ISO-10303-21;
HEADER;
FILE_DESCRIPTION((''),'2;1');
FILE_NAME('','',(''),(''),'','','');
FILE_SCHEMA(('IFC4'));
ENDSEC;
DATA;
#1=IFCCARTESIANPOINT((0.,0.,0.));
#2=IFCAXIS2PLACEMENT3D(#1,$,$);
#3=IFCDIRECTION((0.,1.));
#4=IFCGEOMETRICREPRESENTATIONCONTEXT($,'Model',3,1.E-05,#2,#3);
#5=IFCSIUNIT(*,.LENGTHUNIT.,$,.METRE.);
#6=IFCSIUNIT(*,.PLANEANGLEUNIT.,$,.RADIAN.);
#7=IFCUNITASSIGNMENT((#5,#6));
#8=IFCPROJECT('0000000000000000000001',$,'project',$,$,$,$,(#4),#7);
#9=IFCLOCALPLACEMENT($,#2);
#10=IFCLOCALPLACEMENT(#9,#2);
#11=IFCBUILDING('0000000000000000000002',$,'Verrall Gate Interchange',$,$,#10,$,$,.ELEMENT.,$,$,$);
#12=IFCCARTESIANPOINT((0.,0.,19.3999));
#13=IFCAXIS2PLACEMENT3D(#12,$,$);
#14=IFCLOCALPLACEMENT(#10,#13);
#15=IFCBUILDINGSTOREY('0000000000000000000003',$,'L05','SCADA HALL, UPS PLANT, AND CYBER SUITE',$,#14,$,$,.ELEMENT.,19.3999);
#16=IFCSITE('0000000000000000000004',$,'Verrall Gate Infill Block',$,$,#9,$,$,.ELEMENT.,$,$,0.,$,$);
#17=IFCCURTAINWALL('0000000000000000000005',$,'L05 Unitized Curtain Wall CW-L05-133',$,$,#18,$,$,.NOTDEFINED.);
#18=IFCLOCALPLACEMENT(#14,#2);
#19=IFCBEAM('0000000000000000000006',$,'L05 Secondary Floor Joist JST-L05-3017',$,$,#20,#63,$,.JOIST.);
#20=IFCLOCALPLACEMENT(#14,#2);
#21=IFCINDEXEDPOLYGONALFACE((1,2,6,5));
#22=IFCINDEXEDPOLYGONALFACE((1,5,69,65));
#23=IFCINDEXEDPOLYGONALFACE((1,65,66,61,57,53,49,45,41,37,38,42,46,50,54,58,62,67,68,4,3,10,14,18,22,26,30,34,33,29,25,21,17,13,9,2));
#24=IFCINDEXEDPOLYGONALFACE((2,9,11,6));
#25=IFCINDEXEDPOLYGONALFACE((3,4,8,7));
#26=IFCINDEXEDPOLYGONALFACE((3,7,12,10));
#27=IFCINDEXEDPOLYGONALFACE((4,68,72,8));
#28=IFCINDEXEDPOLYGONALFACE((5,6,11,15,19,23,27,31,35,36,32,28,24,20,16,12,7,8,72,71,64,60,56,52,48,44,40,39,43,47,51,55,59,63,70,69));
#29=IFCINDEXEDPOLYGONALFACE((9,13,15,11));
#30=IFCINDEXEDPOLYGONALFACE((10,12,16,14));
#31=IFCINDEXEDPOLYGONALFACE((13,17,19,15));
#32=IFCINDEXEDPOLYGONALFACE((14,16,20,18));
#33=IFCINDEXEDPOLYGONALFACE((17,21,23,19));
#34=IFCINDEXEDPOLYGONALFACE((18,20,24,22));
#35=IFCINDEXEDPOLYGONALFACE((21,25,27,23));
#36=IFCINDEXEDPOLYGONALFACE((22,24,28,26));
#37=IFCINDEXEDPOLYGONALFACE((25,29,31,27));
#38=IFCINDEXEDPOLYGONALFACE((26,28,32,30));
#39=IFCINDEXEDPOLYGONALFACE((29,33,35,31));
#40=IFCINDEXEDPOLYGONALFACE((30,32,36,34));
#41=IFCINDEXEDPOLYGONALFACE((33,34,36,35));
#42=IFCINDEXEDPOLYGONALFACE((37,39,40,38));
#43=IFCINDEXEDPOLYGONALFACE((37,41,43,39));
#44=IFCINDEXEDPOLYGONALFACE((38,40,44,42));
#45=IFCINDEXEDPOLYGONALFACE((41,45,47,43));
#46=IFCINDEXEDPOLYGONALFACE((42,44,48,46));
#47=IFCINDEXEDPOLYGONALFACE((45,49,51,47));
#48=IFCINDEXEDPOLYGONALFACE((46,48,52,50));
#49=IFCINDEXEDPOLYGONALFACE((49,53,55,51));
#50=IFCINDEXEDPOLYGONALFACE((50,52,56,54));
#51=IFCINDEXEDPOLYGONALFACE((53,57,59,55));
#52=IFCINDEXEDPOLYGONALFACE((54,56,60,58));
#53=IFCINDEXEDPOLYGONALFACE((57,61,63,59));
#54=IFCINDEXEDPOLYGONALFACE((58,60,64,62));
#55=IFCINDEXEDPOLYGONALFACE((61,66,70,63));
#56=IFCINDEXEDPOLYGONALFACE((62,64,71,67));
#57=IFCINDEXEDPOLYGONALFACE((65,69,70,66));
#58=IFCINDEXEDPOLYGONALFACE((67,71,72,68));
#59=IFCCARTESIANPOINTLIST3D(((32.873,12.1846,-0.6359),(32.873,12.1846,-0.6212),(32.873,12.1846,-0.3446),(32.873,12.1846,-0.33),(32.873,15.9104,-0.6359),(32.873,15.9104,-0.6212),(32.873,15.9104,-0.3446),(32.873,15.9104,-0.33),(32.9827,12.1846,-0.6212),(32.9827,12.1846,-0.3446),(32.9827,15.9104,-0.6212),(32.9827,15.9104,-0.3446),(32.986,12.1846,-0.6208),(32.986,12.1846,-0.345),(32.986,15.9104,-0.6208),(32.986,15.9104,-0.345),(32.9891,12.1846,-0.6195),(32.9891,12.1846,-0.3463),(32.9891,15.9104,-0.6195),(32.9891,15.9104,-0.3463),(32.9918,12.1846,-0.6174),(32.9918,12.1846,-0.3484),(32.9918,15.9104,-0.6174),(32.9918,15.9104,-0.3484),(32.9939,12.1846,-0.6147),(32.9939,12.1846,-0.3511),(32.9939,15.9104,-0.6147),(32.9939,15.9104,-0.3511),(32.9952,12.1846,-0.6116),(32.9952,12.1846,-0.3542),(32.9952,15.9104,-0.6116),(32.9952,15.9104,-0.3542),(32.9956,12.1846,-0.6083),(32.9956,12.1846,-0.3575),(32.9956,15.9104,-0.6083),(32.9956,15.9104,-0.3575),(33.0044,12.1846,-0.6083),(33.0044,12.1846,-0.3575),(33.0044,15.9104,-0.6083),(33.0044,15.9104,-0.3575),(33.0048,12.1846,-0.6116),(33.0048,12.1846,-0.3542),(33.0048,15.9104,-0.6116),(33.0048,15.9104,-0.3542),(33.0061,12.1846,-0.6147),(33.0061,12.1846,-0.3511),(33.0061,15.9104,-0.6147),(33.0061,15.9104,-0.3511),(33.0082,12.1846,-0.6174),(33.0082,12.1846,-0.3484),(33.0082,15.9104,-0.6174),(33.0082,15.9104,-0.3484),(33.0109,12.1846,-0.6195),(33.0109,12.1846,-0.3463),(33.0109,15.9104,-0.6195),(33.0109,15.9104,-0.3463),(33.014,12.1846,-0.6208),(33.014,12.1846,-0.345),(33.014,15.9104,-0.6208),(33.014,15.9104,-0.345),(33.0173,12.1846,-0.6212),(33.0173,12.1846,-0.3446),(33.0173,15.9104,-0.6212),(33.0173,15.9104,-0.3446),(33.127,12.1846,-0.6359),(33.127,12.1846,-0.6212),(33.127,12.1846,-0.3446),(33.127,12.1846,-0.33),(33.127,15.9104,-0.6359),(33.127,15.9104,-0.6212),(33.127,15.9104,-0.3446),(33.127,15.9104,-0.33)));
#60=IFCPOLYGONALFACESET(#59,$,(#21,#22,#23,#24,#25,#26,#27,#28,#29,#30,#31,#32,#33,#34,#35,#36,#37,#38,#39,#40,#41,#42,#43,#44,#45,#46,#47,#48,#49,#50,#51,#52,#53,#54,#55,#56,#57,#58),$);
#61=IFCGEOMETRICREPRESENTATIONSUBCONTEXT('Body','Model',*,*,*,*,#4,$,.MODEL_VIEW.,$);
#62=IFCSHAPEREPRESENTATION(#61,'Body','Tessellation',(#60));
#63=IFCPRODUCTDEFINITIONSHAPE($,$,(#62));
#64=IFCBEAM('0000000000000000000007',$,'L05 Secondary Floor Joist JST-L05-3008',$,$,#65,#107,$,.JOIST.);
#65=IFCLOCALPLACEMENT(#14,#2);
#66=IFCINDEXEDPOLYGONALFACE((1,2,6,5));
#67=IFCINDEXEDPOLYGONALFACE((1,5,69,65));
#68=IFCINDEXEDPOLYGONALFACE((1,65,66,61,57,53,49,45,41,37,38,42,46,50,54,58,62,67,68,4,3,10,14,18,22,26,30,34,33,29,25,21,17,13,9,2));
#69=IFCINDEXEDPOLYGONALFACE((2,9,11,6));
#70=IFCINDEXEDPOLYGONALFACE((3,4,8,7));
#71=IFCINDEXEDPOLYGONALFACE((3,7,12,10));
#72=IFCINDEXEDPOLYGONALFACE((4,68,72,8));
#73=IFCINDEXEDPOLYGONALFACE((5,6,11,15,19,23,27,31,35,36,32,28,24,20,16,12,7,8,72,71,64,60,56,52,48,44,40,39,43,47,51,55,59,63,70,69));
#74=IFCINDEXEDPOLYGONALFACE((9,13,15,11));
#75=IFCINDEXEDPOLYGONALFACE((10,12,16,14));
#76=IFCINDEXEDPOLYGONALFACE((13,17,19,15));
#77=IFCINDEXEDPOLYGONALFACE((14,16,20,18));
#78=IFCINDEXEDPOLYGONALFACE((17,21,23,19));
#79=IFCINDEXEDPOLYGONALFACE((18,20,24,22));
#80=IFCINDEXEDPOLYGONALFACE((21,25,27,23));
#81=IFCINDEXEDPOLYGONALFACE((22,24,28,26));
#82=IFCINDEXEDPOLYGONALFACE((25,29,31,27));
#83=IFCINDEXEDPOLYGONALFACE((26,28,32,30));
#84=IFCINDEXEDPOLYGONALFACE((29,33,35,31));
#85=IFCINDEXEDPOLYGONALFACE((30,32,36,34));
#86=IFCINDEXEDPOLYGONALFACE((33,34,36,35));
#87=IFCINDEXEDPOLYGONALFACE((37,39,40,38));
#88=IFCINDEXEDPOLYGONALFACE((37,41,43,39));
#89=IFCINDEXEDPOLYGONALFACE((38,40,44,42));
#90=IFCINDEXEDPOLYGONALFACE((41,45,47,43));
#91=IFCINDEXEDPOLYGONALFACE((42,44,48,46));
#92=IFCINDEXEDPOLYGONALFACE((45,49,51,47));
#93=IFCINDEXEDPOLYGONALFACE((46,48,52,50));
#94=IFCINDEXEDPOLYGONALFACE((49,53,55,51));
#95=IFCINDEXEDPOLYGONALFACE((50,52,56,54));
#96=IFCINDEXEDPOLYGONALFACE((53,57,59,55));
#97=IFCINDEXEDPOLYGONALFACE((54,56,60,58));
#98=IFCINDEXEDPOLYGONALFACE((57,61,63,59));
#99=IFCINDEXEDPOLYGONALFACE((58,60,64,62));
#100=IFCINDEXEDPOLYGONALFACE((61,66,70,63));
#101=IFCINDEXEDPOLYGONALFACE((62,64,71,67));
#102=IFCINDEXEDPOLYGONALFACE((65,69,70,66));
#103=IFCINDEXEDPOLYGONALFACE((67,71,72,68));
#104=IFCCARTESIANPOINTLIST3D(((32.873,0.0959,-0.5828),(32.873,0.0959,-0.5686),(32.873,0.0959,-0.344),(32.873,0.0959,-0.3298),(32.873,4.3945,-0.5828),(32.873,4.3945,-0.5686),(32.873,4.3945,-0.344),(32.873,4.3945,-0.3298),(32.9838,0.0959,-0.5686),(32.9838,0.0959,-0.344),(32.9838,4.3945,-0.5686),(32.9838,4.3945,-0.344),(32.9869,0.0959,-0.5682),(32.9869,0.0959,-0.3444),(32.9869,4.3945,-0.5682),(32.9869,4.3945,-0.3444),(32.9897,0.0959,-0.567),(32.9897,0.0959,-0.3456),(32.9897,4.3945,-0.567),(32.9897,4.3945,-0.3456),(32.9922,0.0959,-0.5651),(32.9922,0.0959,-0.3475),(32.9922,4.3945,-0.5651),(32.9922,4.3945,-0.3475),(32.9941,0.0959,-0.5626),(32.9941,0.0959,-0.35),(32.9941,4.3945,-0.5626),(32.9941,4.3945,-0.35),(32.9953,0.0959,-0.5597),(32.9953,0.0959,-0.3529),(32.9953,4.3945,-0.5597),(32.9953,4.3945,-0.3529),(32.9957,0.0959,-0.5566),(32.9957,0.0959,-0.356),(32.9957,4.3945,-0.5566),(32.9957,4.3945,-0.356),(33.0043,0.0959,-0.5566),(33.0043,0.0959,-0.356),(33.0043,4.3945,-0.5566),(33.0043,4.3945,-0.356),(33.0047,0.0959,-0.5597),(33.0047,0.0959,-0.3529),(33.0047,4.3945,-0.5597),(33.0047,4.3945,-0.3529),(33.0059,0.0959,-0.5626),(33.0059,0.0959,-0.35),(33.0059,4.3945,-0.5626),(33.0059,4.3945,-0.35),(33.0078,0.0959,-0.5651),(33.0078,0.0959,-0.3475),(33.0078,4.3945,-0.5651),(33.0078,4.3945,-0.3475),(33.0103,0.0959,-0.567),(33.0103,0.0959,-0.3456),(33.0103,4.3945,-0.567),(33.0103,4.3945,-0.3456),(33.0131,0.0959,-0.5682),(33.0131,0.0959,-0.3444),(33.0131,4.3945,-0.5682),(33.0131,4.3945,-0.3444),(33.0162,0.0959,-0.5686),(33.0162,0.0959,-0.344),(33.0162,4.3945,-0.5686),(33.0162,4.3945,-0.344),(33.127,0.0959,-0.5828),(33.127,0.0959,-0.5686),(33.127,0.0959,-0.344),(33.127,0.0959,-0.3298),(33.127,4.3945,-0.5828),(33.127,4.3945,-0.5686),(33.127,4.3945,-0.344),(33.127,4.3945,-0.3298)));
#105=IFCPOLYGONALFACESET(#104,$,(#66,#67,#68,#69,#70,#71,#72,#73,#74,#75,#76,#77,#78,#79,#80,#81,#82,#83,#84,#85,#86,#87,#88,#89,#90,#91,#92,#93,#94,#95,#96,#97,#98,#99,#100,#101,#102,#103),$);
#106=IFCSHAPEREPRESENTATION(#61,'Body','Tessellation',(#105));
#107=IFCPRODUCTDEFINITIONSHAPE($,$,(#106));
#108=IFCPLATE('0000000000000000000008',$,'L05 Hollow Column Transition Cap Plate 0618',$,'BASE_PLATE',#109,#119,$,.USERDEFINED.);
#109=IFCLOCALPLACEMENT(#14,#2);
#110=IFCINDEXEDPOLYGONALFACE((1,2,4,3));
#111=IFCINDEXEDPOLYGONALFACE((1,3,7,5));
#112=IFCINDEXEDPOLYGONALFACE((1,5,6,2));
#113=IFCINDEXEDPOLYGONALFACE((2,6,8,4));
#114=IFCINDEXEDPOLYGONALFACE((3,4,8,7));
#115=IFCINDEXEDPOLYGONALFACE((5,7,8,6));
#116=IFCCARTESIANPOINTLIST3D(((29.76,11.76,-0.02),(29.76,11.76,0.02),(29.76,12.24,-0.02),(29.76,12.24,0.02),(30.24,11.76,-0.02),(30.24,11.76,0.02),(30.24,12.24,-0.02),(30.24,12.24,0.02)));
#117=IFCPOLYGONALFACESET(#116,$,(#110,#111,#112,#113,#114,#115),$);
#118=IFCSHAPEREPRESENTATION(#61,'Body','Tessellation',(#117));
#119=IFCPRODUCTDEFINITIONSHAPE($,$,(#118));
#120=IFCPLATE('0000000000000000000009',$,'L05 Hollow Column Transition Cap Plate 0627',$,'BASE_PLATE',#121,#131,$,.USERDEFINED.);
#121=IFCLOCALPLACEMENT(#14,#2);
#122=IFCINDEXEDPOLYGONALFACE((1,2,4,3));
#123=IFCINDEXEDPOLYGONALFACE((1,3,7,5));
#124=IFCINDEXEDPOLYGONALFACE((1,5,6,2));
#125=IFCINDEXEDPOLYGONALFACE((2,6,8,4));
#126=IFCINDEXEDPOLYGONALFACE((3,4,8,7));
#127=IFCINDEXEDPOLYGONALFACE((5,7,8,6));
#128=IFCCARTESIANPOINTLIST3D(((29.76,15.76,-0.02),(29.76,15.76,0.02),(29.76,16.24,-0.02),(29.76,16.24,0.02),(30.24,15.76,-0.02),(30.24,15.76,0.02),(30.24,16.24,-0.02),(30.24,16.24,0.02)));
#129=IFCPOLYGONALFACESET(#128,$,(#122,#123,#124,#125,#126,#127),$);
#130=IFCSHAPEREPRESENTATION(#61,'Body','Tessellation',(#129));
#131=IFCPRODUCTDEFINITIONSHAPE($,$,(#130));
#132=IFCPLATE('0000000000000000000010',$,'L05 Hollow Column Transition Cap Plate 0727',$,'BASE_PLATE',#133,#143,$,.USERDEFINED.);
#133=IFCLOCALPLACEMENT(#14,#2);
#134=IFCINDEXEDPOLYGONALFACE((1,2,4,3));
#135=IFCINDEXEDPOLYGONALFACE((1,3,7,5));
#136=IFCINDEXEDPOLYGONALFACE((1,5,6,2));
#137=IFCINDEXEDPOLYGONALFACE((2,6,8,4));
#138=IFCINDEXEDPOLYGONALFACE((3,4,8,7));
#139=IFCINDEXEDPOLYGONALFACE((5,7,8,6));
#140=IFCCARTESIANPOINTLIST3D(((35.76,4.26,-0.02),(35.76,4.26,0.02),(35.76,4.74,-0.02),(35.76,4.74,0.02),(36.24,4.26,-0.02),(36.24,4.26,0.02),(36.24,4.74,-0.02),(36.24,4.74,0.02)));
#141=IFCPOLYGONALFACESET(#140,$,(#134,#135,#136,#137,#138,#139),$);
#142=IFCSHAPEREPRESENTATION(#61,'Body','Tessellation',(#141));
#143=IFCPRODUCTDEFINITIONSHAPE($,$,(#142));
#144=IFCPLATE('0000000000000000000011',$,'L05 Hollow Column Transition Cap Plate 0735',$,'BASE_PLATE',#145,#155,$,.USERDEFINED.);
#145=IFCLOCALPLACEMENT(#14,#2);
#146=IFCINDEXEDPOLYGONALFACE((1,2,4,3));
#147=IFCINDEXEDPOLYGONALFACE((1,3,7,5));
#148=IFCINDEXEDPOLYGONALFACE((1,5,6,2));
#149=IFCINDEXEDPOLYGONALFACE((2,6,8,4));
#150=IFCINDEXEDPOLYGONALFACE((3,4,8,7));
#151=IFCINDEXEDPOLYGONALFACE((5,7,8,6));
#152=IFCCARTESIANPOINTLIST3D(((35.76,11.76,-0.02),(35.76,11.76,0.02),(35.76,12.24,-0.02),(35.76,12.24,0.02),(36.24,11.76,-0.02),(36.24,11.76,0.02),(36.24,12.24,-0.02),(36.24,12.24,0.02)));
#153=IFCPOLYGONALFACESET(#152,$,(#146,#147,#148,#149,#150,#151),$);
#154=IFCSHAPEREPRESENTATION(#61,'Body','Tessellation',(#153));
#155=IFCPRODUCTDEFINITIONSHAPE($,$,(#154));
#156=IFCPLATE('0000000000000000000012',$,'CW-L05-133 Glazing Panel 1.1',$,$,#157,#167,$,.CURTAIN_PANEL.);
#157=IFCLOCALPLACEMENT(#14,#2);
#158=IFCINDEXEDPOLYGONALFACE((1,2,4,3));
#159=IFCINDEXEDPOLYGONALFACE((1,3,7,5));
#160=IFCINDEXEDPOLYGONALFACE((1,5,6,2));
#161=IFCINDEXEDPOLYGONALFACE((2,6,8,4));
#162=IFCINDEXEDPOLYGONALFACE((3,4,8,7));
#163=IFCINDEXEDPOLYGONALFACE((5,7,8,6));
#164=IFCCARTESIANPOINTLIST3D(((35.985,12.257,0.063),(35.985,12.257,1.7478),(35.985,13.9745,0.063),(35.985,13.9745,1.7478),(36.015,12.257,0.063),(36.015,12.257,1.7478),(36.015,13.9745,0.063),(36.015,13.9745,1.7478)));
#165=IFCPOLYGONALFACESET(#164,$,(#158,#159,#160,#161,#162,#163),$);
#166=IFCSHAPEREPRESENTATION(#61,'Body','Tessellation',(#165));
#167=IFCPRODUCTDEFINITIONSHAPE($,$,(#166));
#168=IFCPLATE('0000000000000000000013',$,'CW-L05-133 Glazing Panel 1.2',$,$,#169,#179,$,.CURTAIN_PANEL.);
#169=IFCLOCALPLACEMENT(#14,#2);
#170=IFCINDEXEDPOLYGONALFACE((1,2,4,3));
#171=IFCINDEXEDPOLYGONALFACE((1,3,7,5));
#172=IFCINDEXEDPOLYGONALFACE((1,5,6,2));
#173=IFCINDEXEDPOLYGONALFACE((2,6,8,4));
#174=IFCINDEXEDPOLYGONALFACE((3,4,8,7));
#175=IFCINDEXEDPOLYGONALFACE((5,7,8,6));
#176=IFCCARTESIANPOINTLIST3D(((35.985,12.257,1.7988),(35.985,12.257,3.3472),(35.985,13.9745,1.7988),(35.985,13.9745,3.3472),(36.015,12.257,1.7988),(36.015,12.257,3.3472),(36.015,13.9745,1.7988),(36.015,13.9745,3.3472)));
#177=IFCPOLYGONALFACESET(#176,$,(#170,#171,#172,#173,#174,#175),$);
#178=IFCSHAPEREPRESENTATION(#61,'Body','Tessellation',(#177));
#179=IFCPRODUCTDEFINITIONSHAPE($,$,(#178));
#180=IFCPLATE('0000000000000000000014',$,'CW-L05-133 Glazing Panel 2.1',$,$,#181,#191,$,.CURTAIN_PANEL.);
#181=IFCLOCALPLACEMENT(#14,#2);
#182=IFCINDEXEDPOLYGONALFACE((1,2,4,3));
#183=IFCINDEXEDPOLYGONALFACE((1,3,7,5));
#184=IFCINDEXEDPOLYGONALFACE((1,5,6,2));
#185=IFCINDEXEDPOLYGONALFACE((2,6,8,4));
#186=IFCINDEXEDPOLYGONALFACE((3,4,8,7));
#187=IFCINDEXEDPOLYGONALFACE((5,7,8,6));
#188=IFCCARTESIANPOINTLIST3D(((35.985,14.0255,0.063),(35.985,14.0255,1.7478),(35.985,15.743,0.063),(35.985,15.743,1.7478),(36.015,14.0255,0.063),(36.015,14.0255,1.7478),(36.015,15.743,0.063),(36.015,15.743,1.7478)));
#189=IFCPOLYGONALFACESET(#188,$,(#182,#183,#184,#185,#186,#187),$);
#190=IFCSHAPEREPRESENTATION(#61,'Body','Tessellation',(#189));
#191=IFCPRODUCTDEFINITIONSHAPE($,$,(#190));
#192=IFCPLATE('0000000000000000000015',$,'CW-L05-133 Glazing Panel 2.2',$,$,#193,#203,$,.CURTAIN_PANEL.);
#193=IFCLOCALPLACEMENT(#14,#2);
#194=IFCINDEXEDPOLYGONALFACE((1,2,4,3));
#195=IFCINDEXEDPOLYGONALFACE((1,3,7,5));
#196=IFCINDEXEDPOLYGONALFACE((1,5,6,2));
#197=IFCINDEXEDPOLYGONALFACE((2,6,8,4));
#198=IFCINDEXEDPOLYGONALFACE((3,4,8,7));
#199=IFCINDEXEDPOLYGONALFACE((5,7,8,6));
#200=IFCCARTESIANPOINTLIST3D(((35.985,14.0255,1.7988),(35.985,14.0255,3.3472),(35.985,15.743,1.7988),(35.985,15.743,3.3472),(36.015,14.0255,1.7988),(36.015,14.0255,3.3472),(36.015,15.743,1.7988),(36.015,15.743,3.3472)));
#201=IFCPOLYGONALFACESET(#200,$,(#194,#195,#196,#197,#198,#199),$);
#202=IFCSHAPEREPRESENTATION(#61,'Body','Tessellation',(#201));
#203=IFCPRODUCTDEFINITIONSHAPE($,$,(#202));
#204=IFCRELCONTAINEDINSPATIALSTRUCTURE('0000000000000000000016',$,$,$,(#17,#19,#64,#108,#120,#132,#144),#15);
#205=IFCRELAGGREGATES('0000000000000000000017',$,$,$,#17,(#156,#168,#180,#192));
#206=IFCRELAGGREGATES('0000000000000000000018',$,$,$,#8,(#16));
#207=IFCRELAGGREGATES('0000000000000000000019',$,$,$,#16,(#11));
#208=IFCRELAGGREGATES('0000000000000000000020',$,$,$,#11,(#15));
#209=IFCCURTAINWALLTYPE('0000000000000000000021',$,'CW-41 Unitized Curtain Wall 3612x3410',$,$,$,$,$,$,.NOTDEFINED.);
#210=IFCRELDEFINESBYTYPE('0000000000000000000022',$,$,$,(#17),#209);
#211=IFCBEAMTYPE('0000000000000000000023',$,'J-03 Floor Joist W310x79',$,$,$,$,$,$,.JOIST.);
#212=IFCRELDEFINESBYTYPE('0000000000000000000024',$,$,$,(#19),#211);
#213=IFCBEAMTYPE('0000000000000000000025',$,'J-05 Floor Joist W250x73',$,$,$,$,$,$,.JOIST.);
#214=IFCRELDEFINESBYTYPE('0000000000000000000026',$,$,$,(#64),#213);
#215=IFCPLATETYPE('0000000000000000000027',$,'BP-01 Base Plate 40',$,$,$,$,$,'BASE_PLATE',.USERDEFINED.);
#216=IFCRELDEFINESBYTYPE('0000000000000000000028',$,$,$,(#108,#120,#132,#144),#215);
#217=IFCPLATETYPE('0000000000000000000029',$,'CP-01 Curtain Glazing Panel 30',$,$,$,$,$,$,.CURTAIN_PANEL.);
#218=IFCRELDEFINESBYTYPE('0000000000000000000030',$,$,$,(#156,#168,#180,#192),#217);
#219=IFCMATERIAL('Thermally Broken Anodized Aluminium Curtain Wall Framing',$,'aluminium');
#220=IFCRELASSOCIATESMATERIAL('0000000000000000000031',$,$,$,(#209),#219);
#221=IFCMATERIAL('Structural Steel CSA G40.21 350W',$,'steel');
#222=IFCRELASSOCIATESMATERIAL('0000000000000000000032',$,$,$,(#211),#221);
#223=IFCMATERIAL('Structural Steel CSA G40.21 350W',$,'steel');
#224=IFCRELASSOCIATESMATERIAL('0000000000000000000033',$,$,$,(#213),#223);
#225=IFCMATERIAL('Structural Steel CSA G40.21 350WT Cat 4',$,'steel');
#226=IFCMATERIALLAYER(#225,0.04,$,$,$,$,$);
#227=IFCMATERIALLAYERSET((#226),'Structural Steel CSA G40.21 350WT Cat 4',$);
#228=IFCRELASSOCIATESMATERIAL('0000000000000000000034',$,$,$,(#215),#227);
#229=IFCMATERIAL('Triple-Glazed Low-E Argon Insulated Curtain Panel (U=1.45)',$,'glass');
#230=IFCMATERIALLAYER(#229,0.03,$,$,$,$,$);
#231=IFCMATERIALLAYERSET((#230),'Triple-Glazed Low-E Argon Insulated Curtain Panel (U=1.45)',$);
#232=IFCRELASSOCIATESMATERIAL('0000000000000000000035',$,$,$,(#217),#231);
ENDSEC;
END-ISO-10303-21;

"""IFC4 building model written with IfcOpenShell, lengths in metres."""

from ifc_helpers import new_model, si_unit, direction, frame, origin, origin_2d, place, context, subcontext, project, spatial, rectangle, i_section, extrude, material, layer, layer_set, material_profile, profile_set, type_object, element, aggregate, save


model = new_model("IFC4")

# Units and contexts
model_context = context("Model", 3, precision=1e-05, world=origin(), true_north=direction((0.0, 1.0)))
body_context = subcontext(model_context, "Body", "Model", "MODEL_VIEW")
ifc_project = project(units=[si_unit("LENGTHUNIT", "METRE"), si_unit("PLANEANGLEUNIT", "RADIAN")], contexts=[model_context])

# Site, building, storey
site_placement = place(None, origin())
site = spatial("IfcSite", under=ifc_project, at=site_placement, Name="Verrall Gate Infill Block", CompositionType="ELEMENT", RefElevation=0.0)
building_placement = place(site_placement, origin())
building = spatial("IfcBuilding", under=site, at=building_placement, Name="Verrall Gate Interchange", CompositionType="ELEMENT")
storey_placement = place(building_placement, frame((0.0, 0.0, 19.3999)))
storey = spatial("IfcBuildingStorey", under=building, at=storey_placement, Name="L05", Description="SCADA HALL, UPS PLANT, AND CYBER SUITE", CompositionType="ELEMENT", Elevation=19.3999)

# Curtain wall
ifc_material_1 = material(Name="Thermally Broken Anodized Aluminium Curtain Wall Framing", Category="aluminium")
curtain_wall_type = type_object("IfcCurtainWallType", Name="CW-41 Unitized Curtain Wall 3612x3410", PredefinedType="NOTDEFINED", material=ifc_material_1)
curtain_wall_placement = place(storey_placement, origin())
curtain_wall = element("IfcCurtainWall", 1, at=curtain_wall_placement, inside=storey, type_object=curtain_wall_type, Name="L05 Unitized Curtain Wall CW-L05-133", PredefinedType="NOTDEFINED")

# Beams
ifc_material_2 = material(Name="Structural Steel CSA G40.21 350W", Category="steel")
ifc_material_profile_1 = material_profile(ifc_material_2, i_section(OverallWidth=0.2539, OverallDepth=0.3059, WebThickness=0.0088, FlangeThickness=0.0146, FilletRadius=0.0129, at=origin_2d()), Name="W310x79")
ifc_profile_set_1 = profile_set([ifc_material_profile_1], Name="Structural Steel CSA G40.21 350W")
beam_type_1 = type_object("IfcBeamType", Name="J-03 Floor Joist W310x79", PredefinedType="JOIST", material=ifc_profile_set_1)
beam_1_placement = place(storey_placement, frame((33.0, 12.1846, -0.4829), z_axis=(0.0, 1.0, 0.0), x_axis=(-1.0, 0.0, 0.0)))
element("IfcBeam", 2, at=beam_1_placement, inside=storey, type_object=beam_type_1, Name="L05 Secondary Floor Joist JST-L05-3017", PredefinedType="JOIST", context=body_context, shape_type="SweptSolid", body=[
    extrude(i_section(OverallWidth=0.2539, OverallDepth=0.3059, WebThickness=0.0088, FlangeThickness=0.0146, FilletRadius=0.0129, at=origin_2d()), origin(), (0.0, 0.0, 1.0), 3.7258),
])
ifc_material_3 = material(Name="Structural Steel CSA G40.21 350W", Category="steel")
ifc_material_profile_2 = material_profile(ifc_material_3, i_section(OverallWidth=0.2539, OverallDepth=0.2529, WebThickness=0.0085, FlangeThickness=0.0142, FilletRadius=0.012, at=origin_2d()), Name="W250x73")
ifc_profile_set_2 = profile_set([ifc_material_profile_2], Name="Structural Steel CSA G40.21 350W")
beam_type_2 = type_object("IfcBeamType", Name="J-05 Floor Joist W250x73", PredefinedType="JOIST", material=ifc_profile_set_2)
beam_2_placement = place(storey_placement, frame((33.0, 0.0959, -0.4563), z_axis=(0.0, 1.0, 0.0), x_axis=(-1.0, 0.0, 0.0)))
element("IfcBeam", 3, at=beam_2_placement, inside=storey, type_object=beam_type_2, Name="L05 Secondary Floor Joist JST-L05-3008", PredefinedType="JOIST", context=body_context, shape_type="SweptSolid", body=[
    extrude(i_section(OverallWidth=0.2539, OverallDepth=0.2529, WebThickness=0.0085, FlangeThickness=0.0142, FilletRadius=0.012, at=origin_2d()), origin(), (0.0, 0.0, 1.0), 4.2986),
])

# Plates
ifc_material_4 = material(Name="Structural Steel CSA G40.21 350WT Cat 4", Category="steel")
ifc_layer_1 = layer(ifc_material_4, 0.04)
ifc_layer_set_1 = layer_set([ifc_layer_1], Name="Structural Steel CSA G40.21 350WT Cat 4")
plate_type_1 = type_object("IfcPlateType", Name="BP-01 Base Plate 40", ElementType="BASE_PLATE", PredefinedType="USERDEFINED", material=ifc_layer_set_1)
for number, where, z_axis, x_axis, name in (
    (4, (30.0, 12.0, -0.02), (0.0, 0.0, 1.0), (1.0, 0.0, 0.0), "L05 Hollow Column Transition Cap Plate 0618"),
    (5, (30.0, 16.0, -0.02), (0.0, 0.0, 1.0), (1.0, 0.0, 0.0), "L05 Hollow Column Transition Cap Plate 0627"),
    (6, (36.0, 4.5, -0.02), (0.0, 0.0, 1.0), (1.0, 0.0, 0.0), "L05 Hollow Column Transition Cap Plate 0727"),
    (7, (36.0, 12.0, -0.02), (0.0, 0.0, 1.0), (1.0, 0.0, 0.0), "L05 Hollow Column Transition Cap Plate 0735"),
):
    element("IfcPlate", number, at=place(storey_placement, frame(where, z_axis=z_axis, x_axis=x_axis)), inside=storey, type_object=plate_type_1, Name=name, ObjectType="BASE_PLATE", PredefinedType="USERDEFINED", context=body_context, shape_type="SweptSolid", body=[
        extrude(rectangle(XDim=0.48, YDim=0.48, at=origin_2d()), origin(), (0.0, 0.0, 1.0), 0.04),
    ])

# Plates
ifc_material_5 = material(Name="Triple-Glazed Low-E Argon Insulated Curtain Panel (U=1.45)", Category="glass")
ifc_layer_2 = layer(ifc_material_5, 0.03)
ifc_layer_set_2 = layer_set([ifc_layer_2], Name="Triple-Glazed Low-E Argon Insulated Curtain Panel (U=1.45)")
plate_type_2 = type_object("IfcPlateType", Name="CP-01 Curtain Glazing Panel 30", PredefinedType="CURTAIN_PANEL", material=ifc_layer_set_2)
plate_1_placement = place(storey_placement, frame((36.0, 13.1157, 0.063), z_axis=(0.0, 0.0, 1.0), x_axis=(0.0, 1.0, 0.0)))
plate_1 = element("IfcPlate", 8, at=plate_1_placement, type_object=plate_type_2, Name="CW-L05-133 Glazing Panel 1.1", PredefinedType="CURTAIN_PANEL", context=body_context, shape_type="SweptSolid", body=[
    extrude(rectangle(XDim=1.7175, YDim=0.03, at=origin_2d()), origin(), (0.0, 0.0, 1.0), 1.6848),
])
plate_2_placement = place(storey_placement, frame((36.0, 13.1157, 1.7988), z_axis=(0.0, 0.0, 1.0), x_axis=(0.0, 1.0, 0.0)))
plate_2 = element("IfcPlate", 9, at=plate_2_placement, type_object=plate_type_2, Name="CW-L05-133 Glazing Panel 1.2", PredefinedType="CURTAIN_PANEL", context=body_context, shape_type="SweptSolid", body=[
    extrude(rectangle(XDim=1.7175, YDim=0.03, at=origin_2d()), origin(), (0.0, 0.0, 1.0), 1.5483),
])
plate_3_placement = place(storey_placement, frame((36.0, 14.8843, 0.063), z_axis=(0.0, 0.0, 1.0), x_axis=(0.0, 1.0, 0.0)))
plate_3 = element("IfcPlate", 10, at=plate_3_placement, type_object=plate_type_2, Name="CW-L05-133 Glazing Panel 2.1", PredefinedType="CURTAIN_PANEL", context=body_context, shape_type="SweptSolid", body=[
    extrude(rectangle(XDim=1.7175, YDim=0.03, at=origin_2d()), origin(), (0.0, 0.0, 1.0), 1.6848),
])
plate_4_placement = place(storey_placement, frame((36.0, 14.8843, 1.7988), z_axis=(0.0, 0.0, 1.0), x_axis=(0.0, 1.0, 0.0)))
plate_4 = element("IfcPlate", 11, at=plate_4_placement, type_object=plate_type_2, Name="CW-L05-133 Glazing Panel 2.2", PredefinedType="CURTAIN_PANEL", context=body_context, shape_type="SweptSolid", body=[
    extrude(rectangle(XDim=1.7175, YDim=0.03, at=origin_2d()), origin(), (0.0, 0.0, 1.0), 1.5483),
])
aggregate(curtain_wall, [plate_1, plate_2, plate_3, plate_4])

save(model, "model.ifc")
